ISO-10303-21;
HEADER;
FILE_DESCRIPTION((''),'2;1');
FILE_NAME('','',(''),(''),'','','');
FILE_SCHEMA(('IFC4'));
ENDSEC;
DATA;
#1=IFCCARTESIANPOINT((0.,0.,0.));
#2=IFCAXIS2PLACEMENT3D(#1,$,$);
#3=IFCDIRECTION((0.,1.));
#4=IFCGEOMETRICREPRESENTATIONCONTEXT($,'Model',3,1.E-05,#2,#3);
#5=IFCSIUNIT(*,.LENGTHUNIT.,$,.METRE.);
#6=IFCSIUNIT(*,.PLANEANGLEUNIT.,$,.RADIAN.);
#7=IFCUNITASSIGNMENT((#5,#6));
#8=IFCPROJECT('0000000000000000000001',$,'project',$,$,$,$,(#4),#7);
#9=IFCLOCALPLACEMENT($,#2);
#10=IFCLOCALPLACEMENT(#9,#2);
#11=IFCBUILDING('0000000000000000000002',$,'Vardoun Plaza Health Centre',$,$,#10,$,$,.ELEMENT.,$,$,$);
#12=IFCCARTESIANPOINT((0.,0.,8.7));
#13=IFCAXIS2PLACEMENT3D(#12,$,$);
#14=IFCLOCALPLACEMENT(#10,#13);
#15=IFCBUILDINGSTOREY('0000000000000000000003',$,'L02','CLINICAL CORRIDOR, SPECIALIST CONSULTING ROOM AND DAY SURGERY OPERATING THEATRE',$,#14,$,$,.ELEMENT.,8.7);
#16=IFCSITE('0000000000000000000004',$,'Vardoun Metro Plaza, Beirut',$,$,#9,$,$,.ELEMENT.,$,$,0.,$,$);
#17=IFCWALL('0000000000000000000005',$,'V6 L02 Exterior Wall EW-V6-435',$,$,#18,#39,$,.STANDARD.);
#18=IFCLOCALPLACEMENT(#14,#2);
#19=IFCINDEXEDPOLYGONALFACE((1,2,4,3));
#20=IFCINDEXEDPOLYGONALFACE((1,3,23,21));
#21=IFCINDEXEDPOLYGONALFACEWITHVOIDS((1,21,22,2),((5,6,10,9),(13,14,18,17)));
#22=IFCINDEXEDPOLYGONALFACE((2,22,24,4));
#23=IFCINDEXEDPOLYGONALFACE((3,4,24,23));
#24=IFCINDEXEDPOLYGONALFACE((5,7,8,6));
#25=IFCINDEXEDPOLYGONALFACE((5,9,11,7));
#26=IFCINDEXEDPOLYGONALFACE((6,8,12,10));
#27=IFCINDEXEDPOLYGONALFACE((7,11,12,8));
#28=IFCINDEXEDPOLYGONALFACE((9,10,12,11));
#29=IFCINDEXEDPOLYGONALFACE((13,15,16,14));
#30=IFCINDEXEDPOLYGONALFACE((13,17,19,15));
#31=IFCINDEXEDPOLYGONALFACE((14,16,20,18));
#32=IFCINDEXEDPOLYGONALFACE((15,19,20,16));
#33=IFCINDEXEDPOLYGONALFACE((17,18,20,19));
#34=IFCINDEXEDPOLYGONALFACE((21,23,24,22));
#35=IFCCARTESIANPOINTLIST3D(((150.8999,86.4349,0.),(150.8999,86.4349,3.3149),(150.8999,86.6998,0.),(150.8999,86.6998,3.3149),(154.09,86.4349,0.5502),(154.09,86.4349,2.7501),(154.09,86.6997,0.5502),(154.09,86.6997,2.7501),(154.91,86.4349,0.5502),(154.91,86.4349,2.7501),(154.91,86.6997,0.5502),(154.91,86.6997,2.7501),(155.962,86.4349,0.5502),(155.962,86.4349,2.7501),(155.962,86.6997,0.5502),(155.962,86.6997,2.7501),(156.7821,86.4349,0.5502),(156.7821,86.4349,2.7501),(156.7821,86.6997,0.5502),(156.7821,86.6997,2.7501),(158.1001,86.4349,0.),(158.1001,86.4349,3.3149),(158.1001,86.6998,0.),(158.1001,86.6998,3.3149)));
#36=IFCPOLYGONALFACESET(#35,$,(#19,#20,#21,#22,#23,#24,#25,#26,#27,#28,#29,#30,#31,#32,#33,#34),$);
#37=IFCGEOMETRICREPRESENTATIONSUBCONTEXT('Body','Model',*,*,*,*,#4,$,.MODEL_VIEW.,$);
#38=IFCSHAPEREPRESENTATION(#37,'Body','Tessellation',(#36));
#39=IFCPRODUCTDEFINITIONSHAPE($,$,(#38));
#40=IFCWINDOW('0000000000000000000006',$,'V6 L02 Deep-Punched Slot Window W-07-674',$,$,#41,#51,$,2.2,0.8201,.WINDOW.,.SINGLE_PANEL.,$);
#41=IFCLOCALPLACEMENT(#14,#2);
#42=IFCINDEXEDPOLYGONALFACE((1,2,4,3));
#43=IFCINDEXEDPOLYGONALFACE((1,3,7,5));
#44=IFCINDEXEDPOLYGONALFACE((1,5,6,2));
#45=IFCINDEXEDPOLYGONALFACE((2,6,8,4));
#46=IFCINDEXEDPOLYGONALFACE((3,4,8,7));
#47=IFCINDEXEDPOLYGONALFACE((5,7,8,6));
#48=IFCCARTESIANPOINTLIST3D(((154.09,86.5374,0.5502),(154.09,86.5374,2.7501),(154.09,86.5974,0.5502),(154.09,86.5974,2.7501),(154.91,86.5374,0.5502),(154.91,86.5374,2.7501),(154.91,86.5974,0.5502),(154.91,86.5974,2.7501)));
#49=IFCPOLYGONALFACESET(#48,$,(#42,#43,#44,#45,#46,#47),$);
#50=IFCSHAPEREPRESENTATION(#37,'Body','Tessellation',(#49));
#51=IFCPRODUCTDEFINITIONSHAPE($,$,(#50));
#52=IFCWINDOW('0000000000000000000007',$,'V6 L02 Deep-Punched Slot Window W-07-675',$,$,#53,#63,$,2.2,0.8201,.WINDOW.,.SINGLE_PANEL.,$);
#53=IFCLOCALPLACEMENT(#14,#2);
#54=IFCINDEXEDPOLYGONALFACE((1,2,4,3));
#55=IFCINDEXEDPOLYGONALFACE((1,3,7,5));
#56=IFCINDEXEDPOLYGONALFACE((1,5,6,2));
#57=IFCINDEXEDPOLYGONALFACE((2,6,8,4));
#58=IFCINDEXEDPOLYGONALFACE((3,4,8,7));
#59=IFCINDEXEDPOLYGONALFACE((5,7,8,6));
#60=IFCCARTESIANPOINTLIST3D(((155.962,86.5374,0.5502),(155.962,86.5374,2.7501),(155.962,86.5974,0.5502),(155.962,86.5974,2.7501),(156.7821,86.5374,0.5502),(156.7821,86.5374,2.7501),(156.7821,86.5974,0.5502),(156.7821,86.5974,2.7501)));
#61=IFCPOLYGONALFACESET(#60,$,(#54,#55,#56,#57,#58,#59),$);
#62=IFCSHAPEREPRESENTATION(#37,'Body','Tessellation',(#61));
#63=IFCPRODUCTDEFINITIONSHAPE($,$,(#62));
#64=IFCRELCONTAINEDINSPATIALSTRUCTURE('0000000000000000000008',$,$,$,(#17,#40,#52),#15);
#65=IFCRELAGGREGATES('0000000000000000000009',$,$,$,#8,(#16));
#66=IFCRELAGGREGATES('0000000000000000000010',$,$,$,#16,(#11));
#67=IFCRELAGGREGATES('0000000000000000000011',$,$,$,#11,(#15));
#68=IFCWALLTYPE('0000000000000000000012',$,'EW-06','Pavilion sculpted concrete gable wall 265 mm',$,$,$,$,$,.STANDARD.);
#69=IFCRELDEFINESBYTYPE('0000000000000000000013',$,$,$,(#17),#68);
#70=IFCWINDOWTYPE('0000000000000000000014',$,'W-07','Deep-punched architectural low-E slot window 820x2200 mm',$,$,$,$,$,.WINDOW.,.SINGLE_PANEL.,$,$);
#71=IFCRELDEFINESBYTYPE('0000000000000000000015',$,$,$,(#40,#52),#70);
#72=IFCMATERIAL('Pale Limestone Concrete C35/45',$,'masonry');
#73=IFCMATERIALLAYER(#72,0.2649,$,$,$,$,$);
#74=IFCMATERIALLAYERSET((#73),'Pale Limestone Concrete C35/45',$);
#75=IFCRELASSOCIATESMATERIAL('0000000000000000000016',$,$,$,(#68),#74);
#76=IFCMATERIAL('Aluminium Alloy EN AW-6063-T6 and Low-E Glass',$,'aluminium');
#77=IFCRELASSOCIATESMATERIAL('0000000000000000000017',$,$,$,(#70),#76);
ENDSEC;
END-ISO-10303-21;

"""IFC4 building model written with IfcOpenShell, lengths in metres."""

from ifc_helpers import new_model, si_unit, direction, frame, frame_2d, origin, place, context, subcontext, project, spatial, rectangle, extrude, material, layer, layer_set, type_object, element, fill, save


model = new_model("IFC4")

# Units and contexts
model_context = context("Model", 3, precision=1e-05, world=origin(), true_north=direction((0.0, 1.0)))
body_context = subcontext(model_context, "Body", "Model", "MODEL_VIEW")
ifc_project = project(units=[si_unit("LENGTHUNIT", "METRE"), si_unit("PLANEANGLEUNIT", "RADIAN")], contexts=[model_context])

# Site, building, storey
site_placement = place(None, origin())
site = spatial("IfcSite", under=ifc_project, at=site_placement, Name="Vardoun Metro Plaza, Beirut", CompositionType="ELEMENT", RefElevation=0.0)
building_placement = place(site_placement, origin())
building = spatial("IfcBuilding", under=site, at=building_placement, Name="Vardoun Plaza Health Centre", CompositionType="ELEMENT")
storey_placement = place(building_placement, frame((0.0, 0.0, 8.7)))
storey = spatial("IfcBuildingStorey", under=building, at=storey_placement, Name="L02", Description="CLINICAL CORRIDOR, SPECIALIST CONSULTING ROOM AND DAY SURGERY OPERATING THEATRE", CompositionType="ELEMENT", Elevation=8.7)

# Wall, openings, windows
ifc_material_1 = material(Name="Pale Limestone Concrete C35/45", Category="masonry")
ifc_layer_1 = layer(ifc_material_1, 0.2649)
ifc_layer_set_1 = layer_set([ifc_layer_1], Name="Pale Limestone Concrete C35/45")
wall_type = type_object("IfcWallType", Name="EW-06", Description="Pavilion sculpted concrete gable wall 265 mm", PredefinedType="STANDARD", material=ifc_layer_set_1)
wall_placement = place(storey_placement, frame((150.8999, 86.5674, 0.0), z_axis=(0.0, 0.0, 1.0), x_axis=(1.0, 0.0, 0.0)))
wall = element("IfcWall", 1, at=wall_placement, inside=storey, type_object=wall_type, Name="V6 L02 Exterior Wall EW-V6-435", PredefinedType="STANDARD", context=body_context, shape_type="SweptSolid", body=[
    extrude(rectangle(XDim=7.2002, YDim=0.2649, at=frame_2d((3.6001, 0.0))), origin(), (0.0, 0.0, 1.0), 3.3149),
])
opening_1_placement = place(wall_placement, frame((3.1899, 0.0, 0.55)))
opening_1 = element("IfcOpeningElement", 2, at=opening_1_placement, cuts=wall, PredefinedType="OPENING", context=body_context, shape_type="SweptSolid", body=[
    extrude(rectangle(XDim=0.8201, YDim=2.2, at=frame_2d((0.4102, 1.1001))), frame((0.0, 0.1323, 0.0), z_axis=(0.0, -1.0, 0.0), x_axis=(1.0, 0.0, 0.0)), (0.0, 0.0, 1.0), 0.2649),
])
opening_2_placement = place(wall_placement, frame((5.062, 0.0, 0.55)))
opening_2 = element("IfcOpeningElement", 3, at=opening_2_placement, cuts=wall, PredefinedType="OPENING", context=body_context, shape_type="SweptSolid", body=[
    extrude(rectangle(XDim=0.8201, YDim=2.2, at=frame_2d((0.4102, 1.1001))), frame((0.0, 0.1323, 0.0), z_axis=(0.0, -1.0, 0.0), x_axis=(1.0, 0.0, 0.0)), (0.0, 0.0, 1.0), 0.2649),
])
ifc_material_2 = material(Name="Aluminium Alloy EN AW-6063-T6 and Low-E Glass", Category="aluminium")
window_type = type_object("IfcWindowType", Name="W-07", Description="Deep-punched architectural low-E slot window 820x2200 mm", PartitioningType="SINGLE_PANEL", PredefinedType="WINDOW", material=ifc_material_2)
window_1_placement = place(opening_1_placement, origin())
window_1 = element("IfcWindow", 4, at=window_1_placement, inside=storey, type_object=window_type, Name="V6 L02 Deep-Punched Slot Window W-07-674", OverallHeight=2.2, OverallWidth=0.8201, PartitioningType="SINGLE_PANEL", PredefinedType="WINDOW", context=body_context, shape_type="SweptSolid", body=[
    extrude(rectangle(XDim=0.8201, YDim=2.2, at=frame_2d((0.4102, 1.1001))), frame((0.0, 0.03, 0.0), z_axis=(0.0, -1.0, 0.0), x_axis=(1.0, 0.0, 0.0)), (0.0, 0.0, 1.0), 0.0601),
])
fill(opening_1, window_1)
window_2_placement = place(opening_2_placement, origin())
window_2 = element("IfcWindow", 5, at=window_2_placement, inside=storey, type_object=window_type, Name="V6 L02 Deep-Punched Slot Window W-07-675", OverallHeight=2.2, OverallWidth=0.8201, PartitioningType="SINGLE_PANEL", PredefinedType="WINDOW", context=body_context, shape_type="SweptSolid", body=[
    extrude(rectangle(XDim=0.8201, YDim=2.2, at=frame_2d((0.4102, 1.1001))), frame((0.0, 0.03, 0.0), z_axis=(0.0, -1.0, 0.0), x_axis=(1.0, 0.0, 0.0)), (0.0, 0.0, 1.0), 0.0601),
])
fill(opening_2, window_2)

save(model, "model.ifc")
